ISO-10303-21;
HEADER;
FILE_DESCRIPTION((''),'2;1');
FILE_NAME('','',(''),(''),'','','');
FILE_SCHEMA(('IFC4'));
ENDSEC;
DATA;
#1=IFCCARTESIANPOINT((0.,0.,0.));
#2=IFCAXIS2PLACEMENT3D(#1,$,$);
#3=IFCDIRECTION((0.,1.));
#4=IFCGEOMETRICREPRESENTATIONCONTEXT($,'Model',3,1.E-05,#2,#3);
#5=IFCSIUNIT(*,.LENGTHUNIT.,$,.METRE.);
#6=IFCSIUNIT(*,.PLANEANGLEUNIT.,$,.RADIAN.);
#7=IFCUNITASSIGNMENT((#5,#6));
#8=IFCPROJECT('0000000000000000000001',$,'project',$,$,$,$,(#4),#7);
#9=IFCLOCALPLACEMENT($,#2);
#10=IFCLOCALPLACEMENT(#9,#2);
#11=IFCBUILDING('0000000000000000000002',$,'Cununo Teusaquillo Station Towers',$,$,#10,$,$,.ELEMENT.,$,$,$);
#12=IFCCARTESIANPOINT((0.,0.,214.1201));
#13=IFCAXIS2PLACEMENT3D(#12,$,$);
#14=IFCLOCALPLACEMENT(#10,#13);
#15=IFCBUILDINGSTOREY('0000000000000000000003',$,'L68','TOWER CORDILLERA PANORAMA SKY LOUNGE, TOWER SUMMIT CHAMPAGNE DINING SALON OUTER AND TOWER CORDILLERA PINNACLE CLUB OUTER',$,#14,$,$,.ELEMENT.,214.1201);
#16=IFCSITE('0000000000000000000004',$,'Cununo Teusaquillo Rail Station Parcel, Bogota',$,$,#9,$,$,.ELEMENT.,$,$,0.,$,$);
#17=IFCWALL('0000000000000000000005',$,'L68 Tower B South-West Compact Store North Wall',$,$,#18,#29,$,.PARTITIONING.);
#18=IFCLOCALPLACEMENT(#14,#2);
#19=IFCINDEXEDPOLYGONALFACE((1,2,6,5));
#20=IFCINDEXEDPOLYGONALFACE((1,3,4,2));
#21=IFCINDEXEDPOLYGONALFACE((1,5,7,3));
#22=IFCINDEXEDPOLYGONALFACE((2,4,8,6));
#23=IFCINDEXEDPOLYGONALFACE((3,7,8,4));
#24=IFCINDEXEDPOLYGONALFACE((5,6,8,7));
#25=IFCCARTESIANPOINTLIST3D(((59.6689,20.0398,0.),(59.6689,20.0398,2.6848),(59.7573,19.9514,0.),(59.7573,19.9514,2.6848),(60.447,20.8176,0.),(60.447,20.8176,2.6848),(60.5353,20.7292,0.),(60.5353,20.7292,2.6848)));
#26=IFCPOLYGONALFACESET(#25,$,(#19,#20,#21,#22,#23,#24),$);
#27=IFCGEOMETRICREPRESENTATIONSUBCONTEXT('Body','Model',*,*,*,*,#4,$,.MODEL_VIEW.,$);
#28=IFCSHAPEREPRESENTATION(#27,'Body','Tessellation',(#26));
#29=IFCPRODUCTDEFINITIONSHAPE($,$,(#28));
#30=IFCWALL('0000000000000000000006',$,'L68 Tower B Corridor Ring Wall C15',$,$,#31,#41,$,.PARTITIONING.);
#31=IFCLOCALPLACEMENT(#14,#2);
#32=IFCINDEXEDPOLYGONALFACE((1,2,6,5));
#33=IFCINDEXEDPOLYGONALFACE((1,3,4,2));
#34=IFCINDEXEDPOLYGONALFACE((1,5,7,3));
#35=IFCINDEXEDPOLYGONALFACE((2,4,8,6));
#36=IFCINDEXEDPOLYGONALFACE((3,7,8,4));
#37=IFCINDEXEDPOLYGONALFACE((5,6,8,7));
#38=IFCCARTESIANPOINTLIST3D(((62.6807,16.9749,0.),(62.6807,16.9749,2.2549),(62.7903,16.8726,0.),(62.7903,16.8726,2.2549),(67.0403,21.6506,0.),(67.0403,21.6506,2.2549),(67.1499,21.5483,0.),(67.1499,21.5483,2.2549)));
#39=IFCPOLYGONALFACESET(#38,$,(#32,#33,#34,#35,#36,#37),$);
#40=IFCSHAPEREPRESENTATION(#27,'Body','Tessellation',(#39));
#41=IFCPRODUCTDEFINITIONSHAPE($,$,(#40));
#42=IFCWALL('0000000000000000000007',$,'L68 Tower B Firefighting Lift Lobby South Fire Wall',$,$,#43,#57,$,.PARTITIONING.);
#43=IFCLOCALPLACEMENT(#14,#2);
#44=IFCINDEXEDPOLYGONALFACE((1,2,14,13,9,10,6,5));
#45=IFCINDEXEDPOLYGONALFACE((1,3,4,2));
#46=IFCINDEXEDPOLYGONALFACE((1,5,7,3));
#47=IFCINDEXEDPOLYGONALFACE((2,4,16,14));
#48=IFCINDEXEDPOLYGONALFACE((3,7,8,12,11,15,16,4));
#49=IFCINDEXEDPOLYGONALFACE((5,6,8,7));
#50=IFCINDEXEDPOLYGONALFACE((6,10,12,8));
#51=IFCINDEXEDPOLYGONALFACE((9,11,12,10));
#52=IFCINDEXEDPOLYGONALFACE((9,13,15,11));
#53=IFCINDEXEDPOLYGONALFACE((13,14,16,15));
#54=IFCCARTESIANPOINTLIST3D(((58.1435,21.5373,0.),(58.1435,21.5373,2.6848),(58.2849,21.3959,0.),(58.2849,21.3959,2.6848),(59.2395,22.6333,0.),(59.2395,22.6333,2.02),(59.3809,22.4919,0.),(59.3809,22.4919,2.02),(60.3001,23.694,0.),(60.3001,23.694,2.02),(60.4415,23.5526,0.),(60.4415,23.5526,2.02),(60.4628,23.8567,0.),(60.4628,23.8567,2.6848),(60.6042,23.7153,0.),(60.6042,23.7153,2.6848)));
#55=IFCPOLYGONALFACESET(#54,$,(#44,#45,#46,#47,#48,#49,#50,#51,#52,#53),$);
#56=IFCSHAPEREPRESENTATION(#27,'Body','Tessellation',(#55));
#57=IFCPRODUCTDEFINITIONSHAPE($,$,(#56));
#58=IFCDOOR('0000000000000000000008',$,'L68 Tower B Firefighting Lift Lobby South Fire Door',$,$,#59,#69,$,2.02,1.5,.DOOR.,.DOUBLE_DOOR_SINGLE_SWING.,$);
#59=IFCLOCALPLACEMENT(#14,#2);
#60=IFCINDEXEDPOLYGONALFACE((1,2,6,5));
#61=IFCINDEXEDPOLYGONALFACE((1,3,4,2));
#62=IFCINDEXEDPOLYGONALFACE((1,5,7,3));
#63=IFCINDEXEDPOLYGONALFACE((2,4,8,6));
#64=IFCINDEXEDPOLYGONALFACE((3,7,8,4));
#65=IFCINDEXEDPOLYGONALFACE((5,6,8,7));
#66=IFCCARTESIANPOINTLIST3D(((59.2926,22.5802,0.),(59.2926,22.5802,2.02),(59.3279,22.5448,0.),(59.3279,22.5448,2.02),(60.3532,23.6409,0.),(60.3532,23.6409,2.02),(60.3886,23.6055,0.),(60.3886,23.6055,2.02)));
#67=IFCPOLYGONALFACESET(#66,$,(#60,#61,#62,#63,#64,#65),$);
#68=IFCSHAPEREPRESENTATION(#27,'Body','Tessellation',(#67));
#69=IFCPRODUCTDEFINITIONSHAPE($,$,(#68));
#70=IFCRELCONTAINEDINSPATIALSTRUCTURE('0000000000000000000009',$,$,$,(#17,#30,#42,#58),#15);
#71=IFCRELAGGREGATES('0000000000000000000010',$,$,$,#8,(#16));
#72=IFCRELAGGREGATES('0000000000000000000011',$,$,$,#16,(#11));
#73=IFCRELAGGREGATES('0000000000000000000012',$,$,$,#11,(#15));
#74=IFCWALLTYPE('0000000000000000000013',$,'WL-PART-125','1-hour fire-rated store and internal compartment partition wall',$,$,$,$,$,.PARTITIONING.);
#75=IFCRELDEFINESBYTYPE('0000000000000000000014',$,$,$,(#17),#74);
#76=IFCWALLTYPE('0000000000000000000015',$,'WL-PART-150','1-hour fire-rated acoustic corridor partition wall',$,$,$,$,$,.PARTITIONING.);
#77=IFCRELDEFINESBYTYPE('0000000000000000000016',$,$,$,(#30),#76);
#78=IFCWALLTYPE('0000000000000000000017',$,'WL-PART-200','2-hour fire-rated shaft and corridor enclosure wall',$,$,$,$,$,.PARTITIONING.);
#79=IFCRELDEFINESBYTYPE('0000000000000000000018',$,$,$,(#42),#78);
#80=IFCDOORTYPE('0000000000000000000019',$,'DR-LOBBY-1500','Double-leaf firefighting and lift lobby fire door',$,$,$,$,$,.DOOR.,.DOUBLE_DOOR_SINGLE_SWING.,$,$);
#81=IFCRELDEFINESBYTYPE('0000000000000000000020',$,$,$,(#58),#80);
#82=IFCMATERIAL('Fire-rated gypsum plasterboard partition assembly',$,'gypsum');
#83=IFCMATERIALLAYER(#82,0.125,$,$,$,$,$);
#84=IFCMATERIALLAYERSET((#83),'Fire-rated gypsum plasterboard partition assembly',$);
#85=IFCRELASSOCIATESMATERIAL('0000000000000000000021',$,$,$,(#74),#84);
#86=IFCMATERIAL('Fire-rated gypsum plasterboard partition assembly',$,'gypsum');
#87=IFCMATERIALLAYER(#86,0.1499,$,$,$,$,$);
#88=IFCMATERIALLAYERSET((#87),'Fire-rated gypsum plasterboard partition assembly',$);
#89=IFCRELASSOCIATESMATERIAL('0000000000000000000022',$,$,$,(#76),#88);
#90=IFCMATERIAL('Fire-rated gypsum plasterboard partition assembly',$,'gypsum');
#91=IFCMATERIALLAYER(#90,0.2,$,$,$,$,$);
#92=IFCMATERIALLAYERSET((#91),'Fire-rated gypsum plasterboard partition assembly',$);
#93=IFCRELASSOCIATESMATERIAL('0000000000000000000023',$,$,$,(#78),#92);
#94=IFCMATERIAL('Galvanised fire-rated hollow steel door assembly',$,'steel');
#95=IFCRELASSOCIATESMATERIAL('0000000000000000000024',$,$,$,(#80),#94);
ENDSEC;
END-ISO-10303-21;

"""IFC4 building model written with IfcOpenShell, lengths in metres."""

from ifc_helpers import new_model, si_unit, direction, frame, frame_2d, origin, place, context, subcontext, project, spatial, rectangle, extrude, source, transform, mapped, material, layer, layer_set, type_object, element, fill, save


model = new_model("IFC4")

# Units and contexts
model_context = context("Model", 3, precision=1e-05, world=origin(), true_north=direction((0.0, 1.0)))
body_context = subcontext(model_context, "Body", "Model", "MODEL_VIEW")
ifc_project = project(units=[si_unit("LENGTHUNIT", "METRE"), si_unit("PLANEANGLEUNIT", "RADIAN")], contexts=[model_context])

# Site, building, storey
site_placement = place(None, origin())
site = spatial("IfcSite", under=ifc_project, at=site_placement, Name="Cununo Teusaquillo Rail Station Parcel, Bogota", CompositionType="ELEMENT", RefElevation=0.0)
building_placement = place(site_placement, origin())
building = spatial("IfcBuilding", under=site, at=building_placement, Name="Cununo Teusaquillo Station Towers", CompositionType="ELEMENT")
storey_placement = place(building_placement, frame((0.0, 0.0, 214.1201)))
storey = spatial("IfcBuildingStorey", under=building, at=storey_placement, Name="L68", Description="TOWER CORDILLERA PANORAMA SKY LOUNGE, TOWER SUMMIT CHAMPAGNE DINING SALON OUTER AND TOWER CORDILLERA PINNACLE CLUB OUTER", CompositionType="ELEMENT", Elevation=214.1201)

# Shared definitions
ifc_material_1 = material(Name="Fire-rated gypsum plasterboard partition assembly", Category="gypsum")
ifc_layer_1 = layer(ifc_material_1, 0.125)
ifc_layer_set_1 = layer_set([ifc_layer_1], Name="Fire-rated gypsum plasterboard partition assembly")
wall_type_1 = type_object("IfcWallType", Name="WL-PART-125", Description="1-hour fire-rated store and internal compartment partition wall", PredefinedType="PARTITIONING", material=ifc_layer_set_1)

# Walls
wall_1_placement = place(storey_placement, frame((59.7131, 19.9956, 0.0), z_axis=(0.0, 0.0, 1.0), x_axis=(0.707218, 0.706996, 0.0)))
element("IfcWall", 1, at=wall_1_placement, inside=storey, type_object=wall_type_1, Name="L68 Tower B South-West Compact Store North Wall", PredefinedType="PARTITIONING", context=body_context, shape_type="SweptSolid", body=[
    extrude(rectangle(XDim=1.1001, YDim=0.125, at=frame_2d((0.55, 0.0))), origin(), (0.0, 0.0, 1.0), 2.6848),
])
ifc_material_2 = material(Name="Fire-rated gypsum plasterboard partition assembly", Category="gypsum")
ifc_layer_2 = layer(ifc_material_2, 0.1499)
ifc_layer_set_2 = layer_set([ifc_layer_2], Name="Fire-rated gypsum plasterboard partition assembly")
wall_type_2 = type_object("IfcWallType", Name="WL-PART-150", Description="1-hour fire-rated acoustic corridor partition wall", PredefinedType="PARTITIONING", material=ifc_layer_set_2)
wall_2_placement = place(storey_placement, frame((62.7356, 16.9238, 0.0), z_axis=(0.0, 0.0, 1.0), x_axis=(0.681947, 0.731402, 0.0)))
element("IfcWall", 2, at=wall_2_placement, inside=storey, type_object=wall_type_2, Name="L68 Tower B Corridor Ring Wall C15", PredefinedType="PARTITIONING", context=body_context, shape_type="SweptSolid", body=[
    extrude(rectangle(XDim=6.3928, YDim=0.1499, at=frame_2d((3.1963, 0.0))), origin(), (0.0, 0.0, 1.0), 2.2549),
])

# Wall, opening, door
ifc_material_3 = material(Name="Fire-rated gypsum plasterboard partition assembly", Category="gypsum")
ifc_layer_3 = layer(ifc_material_3, 0.2)
ifc_layer_set_3 = layer_set([ifc_layer_3], Name="Fire-rated gypsum plasterboard partition assembly")
wall_type_3 = type_object("IfcWallType", Name="WL-PART-200", Description="2-hour fire-rated shaft and corridor enclosure wall", PredefinedType="PARTITIONING", material=ifc_layer_set_3)
wall_3_placement = place(storey_placement, frame((58.2141, 21.4666, 0.0), z_axis=(0.0, 0.0, 1.0), x_axis=(0.707107, 0.707107, 0.0)))
wall_3 = element("IfcWall", 3, at=wall_3_placement, inside=storey, type_object=wall_type_3, Name="L68 Tower B Firefighting Lift Lobby South Fire Wall", PredefinedType="PARTITIONING", context=body_context, shape_type="SweptSolid", body=[
    extrude(rectangle(XDim=3.28, YDim=0.2, at=frame_2d((1.6401, 0.0))), origin(), (0.0, 0.0, 1.0), 2.6848),
])
shared_shape_1 = source(origin(), body_context, "Body", "SweptSolid", [
    extrude(rectangle(XDim=1.5, YDim=2.02, at=frame_2d((0.75, 1.01))), frame((0.0, 0.1099, 0.0), z_axis=(0.0, -1.0, 0.0), x_axis=(1.0, 0.0, 0.0)), (0.0, 0.0, 1.0), 0.22),
])
opening_1_placement = place(wall_3_placement, frame((1.55, 0.0, 0.0)))
opening_1 = element("IfcOpeningElement", 4, at=opening_1_placement, cuts=wall_3, PredefinedType="OPENING", context=body_context, shape_type="MappedRepresentation", body=[
    mapped(shared_shape_1, transform((0.0, 0.0, 0.0), x_axis=(1.0, 0.0, 0.0), y_axis=(0.0, 1.0, 0.0), z_axis=(0.0, 0.0, 1.0), scale=1.0)),
])
ifc_material_4 = material(Name="Galvanised fire-rated hollow steel door assembly", Category="steel")
door_type_1 = type_object("IfcDoorType", Name="DR-LOBBY-1500", Description="Double-leaf firefighting and lift lobby fire door", OperationType="DOUBLE_DOOR_SINGLE_SWING", PredefinedType="DOOR", material=ifc_material_4)
shared_shape_2 = source(origin(), body_context, "Body", "SweptSolid", [
    extrude(rectangle(XDim=1.5, YDim=2.02, at=frame_2d((0.75, 1.01))), frame((0.0, 0.0249, 0.0), z_axis=(0.0, -1.0, 0.0), x_axis=(1.0, 0.0, 0.0)), (0.0, 0.0, 1.0), 0.05),
])
door_1_placement = place(opening_1_placement, origin())
door_1 = element("IfcDoor", 5, at=door_1_placement, inside=storey, type_object=door_type_1, Name="L68 Tower B Firefighting Lift Lobby South Fire Door", OperationType="DOUBLE_DOOR_SINGLE_SWING", OverallHeight=2.02, OverallWidth=1.5, PredefinedType="DOOR", context=body_context, shape_type="MappedRepresentation", body=[
    mapped(shared_shape_2, transform((0.0, 0.0, 0.0), x_axis=(1.0, 0.0, 0.0), y_axis=(0.0, 1.0, 0.0), z_axis=(0.0, 0.0, 1.0), scale=1.0)),
])
fill(opening_1, door_1)

save(model, "model.ifc")
